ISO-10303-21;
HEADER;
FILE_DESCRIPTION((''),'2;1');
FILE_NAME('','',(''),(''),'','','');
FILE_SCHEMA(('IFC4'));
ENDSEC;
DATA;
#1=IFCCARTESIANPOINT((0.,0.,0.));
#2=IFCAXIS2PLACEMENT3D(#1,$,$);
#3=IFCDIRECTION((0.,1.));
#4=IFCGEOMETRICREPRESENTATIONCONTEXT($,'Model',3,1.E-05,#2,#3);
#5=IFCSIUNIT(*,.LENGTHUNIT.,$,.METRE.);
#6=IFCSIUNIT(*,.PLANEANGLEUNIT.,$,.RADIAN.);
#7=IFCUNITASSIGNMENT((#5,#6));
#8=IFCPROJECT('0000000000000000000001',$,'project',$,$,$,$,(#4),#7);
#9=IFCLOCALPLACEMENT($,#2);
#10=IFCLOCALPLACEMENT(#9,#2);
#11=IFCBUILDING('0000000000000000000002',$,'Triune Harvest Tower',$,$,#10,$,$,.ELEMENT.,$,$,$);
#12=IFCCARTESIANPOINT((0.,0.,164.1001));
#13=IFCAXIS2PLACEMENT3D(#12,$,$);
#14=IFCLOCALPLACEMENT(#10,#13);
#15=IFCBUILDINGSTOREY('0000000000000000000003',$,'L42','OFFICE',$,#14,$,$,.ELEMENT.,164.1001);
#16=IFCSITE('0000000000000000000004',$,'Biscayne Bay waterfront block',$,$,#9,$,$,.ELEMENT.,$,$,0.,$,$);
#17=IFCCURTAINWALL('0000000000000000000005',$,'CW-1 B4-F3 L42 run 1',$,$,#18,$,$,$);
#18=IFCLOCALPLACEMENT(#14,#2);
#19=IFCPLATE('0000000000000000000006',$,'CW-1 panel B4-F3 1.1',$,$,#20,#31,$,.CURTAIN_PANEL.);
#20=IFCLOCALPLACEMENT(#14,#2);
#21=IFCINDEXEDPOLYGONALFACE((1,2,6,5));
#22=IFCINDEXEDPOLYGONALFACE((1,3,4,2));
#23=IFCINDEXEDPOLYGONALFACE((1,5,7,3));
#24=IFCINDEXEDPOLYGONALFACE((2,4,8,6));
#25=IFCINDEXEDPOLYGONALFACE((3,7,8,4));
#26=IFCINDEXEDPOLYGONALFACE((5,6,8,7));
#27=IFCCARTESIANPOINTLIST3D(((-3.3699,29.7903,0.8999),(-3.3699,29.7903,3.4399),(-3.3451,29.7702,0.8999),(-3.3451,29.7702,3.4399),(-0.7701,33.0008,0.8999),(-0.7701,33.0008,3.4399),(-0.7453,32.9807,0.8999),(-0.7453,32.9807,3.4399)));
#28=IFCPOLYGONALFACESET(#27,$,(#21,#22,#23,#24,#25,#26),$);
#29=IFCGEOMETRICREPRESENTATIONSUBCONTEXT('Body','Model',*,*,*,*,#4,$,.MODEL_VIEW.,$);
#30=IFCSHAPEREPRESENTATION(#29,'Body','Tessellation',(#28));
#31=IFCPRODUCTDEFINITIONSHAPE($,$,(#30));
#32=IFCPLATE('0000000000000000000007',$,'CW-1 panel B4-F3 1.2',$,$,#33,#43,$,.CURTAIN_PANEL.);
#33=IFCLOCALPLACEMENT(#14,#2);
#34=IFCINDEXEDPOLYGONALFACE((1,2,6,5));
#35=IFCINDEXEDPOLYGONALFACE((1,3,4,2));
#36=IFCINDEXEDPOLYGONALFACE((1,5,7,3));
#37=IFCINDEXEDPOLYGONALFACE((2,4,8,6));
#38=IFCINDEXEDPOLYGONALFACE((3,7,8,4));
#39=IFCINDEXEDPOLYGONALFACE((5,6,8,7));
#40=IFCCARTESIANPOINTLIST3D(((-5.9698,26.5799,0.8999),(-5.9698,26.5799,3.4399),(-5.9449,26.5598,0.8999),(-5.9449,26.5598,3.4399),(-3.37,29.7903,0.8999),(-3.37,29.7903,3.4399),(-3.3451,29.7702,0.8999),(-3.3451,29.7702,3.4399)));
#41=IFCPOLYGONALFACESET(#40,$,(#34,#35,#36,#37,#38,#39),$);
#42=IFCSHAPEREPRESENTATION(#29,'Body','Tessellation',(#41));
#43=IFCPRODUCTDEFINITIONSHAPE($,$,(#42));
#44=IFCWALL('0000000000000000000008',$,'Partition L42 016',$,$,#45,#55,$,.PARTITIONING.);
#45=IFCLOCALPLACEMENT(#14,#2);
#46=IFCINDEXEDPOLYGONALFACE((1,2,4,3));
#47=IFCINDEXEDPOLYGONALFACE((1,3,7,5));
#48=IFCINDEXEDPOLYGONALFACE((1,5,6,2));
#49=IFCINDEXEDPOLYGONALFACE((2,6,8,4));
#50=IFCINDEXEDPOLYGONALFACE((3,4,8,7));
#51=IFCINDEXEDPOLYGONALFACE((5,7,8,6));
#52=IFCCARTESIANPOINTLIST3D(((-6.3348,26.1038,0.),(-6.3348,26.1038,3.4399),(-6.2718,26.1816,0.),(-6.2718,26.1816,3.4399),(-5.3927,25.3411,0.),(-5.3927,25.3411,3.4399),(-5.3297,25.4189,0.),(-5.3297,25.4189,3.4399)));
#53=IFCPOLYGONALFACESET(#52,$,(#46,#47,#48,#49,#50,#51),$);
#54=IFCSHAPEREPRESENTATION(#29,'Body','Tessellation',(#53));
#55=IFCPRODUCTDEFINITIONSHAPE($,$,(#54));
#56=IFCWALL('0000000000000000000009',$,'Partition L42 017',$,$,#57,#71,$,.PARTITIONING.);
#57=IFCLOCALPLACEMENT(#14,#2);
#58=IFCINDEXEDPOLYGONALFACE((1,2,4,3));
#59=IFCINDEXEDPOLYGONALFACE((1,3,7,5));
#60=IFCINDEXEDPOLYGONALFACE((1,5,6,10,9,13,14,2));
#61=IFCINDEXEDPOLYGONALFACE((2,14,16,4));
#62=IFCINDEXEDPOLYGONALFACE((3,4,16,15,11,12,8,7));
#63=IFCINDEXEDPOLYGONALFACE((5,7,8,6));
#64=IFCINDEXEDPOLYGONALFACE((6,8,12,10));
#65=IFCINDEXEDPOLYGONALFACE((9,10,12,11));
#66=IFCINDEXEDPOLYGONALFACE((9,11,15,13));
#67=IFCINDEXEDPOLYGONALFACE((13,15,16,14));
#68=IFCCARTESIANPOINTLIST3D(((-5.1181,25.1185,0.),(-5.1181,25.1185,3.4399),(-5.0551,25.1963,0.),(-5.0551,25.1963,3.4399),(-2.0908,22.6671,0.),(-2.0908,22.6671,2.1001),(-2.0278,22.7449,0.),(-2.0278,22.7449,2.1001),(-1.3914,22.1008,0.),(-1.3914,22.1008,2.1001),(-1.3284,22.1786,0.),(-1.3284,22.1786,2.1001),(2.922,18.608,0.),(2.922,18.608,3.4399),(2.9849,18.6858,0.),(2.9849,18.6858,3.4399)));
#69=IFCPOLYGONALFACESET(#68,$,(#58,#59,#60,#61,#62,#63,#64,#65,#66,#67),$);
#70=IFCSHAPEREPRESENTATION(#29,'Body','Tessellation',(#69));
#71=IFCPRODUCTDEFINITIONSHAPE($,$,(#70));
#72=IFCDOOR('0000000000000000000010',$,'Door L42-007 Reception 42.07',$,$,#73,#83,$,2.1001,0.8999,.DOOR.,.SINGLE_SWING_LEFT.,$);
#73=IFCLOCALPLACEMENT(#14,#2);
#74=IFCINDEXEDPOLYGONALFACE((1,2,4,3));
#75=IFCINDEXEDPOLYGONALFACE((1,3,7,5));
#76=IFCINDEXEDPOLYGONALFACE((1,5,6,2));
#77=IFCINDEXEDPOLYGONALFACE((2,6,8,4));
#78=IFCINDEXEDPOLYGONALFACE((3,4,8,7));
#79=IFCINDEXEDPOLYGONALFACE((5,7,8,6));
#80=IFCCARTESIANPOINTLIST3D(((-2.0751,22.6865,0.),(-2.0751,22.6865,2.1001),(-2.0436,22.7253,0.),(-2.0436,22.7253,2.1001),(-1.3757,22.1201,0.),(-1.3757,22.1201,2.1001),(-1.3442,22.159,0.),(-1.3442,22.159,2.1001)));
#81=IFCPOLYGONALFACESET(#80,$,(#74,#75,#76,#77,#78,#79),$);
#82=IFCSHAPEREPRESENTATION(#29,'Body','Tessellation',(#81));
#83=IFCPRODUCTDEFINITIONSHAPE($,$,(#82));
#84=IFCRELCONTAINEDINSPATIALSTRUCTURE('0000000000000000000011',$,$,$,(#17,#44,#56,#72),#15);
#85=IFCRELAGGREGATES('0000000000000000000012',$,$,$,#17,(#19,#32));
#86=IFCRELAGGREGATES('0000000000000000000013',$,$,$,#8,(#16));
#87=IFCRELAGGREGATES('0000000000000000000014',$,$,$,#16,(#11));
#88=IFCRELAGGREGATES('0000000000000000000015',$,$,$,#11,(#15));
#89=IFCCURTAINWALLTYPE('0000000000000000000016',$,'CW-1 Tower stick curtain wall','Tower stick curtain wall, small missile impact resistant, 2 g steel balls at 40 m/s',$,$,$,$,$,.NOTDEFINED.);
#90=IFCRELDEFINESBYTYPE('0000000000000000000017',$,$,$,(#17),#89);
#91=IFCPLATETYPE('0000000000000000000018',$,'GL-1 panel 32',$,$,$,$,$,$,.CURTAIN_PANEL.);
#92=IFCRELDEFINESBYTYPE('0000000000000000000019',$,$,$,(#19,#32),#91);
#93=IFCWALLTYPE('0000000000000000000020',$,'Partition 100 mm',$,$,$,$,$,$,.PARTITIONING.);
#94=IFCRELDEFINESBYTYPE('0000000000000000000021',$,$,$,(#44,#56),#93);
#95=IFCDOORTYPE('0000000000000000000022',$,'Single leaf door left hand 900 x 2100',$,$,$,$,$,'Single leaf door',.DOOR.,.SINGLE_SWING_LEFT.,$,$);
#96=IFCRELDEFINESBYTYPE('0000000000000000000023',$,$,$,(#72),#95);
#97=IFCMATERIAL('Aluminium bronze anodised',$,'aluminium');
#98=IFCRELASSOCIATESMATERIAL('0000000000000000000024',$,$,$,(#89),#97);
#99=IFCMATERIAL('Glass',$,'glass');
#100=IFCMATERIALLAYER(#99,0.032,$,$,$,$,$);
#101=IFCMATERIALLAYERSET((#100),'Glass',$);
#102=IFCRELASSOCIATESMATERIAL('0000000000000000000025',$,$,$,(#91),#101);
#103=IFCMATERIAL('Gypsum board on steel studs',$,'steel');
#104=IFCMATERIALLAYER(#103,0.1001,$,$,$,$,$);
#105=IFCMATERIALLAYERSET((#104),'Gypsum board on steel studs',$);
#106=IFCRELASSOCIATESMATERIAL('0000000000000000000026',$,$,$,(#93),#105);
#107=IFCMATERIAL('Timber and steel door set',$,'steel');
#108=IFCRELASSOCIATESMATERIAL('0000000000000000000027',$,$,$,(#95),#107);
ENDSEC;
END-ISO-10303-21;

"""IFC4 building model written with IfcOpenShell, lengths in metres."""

from ifc_helpers import new_model, si_unit, direction, frame, frame_2d, origin, origin_2d, place, context, subcontext, project, spatial, rectangle, extrude, source, transform, mapped, material, layer, layer_set, type_object, element, fill, aggregate, save


model = new_model("IFC4")

# Units and contexts
model_context = context("Model", 3, precision=1e-05, world=origin(), true_north=direction((0.0, 1.0)))
body_context = subcontext(model_context, "Body", "Model", "MODEL_VIEW")
ifc_project = project(units=[si_unit("LENGTHUNIT", "METRE"), si_unit("PLANEANGLEUNIT", "RADIAN")], contexts=[model_context])

# Site, building, storey
site_placement = place(None, origin())
site = spatial("IfcSite", under=ifc_project, at=site_placement, Name="Biscayne Bay waterfront block", CompositionType="ELEMENT", RefElevation=0.0)
building_placement = place(site_placement, origin())
building = spatial("IfcBuilding", under=site, at=building_placement, Name="Triune Harvest Tower", CompositionType="ELEMENT")
storey_placement = place(building_placement, frame((0.0, 0.0, 164.1001)))
storey = spatial("IfcBuildingStorey", under=building, at=storey_placement, Name="L42", Description="OFFICE", CompositionType="ELEMENT", Elevation=164.1001)

# Shared definitions
ifc_material_1 = material(Name="Aluminium bronze anodised", Category="aluminium")
curtain_wall_type_1 = type_object("IfcCurtainWallType", Name="CW-1 Tower stick curtain wall", Description="Tower stick curtain wall, small missile impact resistant, 2 g steel balls at 40 m/s", PredefinedType="NOTDEFINED", material=ifc_material_1)

# Curtain wall
curtain_wall_1_placement = place(storey_placement, origin())
curtain_wall_1 = element("IfcCurtainWall", 1, at=curtain_wall_1_placement, inside=storey, type_object=curtain_wall_type_1, Name="CW-1 B4-F3 L42 run 1")

# Plates
ifc_material_2 = material(Name="Glass", Category="glass")
ifc_layer_1 = layer(ifc_material_2, 0.032)
ifc_layer_set_1 = layer_set([ifc_layer_1], Name="Glass")
plate_type_1 = type_object("IfcPlateType", Name="GL-1 panel 32", PredefinedType="CURTAIN_PANEL", material=ifc_layer_set_1)
shared_shape_1 = source(origin(), body_context, "Body", "SweptSolid", [
    extrude(rectangle(XDim=4.1311, YDim=0.032, at=origin_2d()), origin(), (0.0, 0.0, 1.0), 2.54),
])
plate_1_placement = place(storey_placement, frame((-2.0576, 31.3855, 0.8999), z_axis=(0.0, 0.0, 1.0), x_axis=(-0.629324, -0.777143, 0.0)))
plate_1 = element("IfcPlate", 2, at=plate_1_placement, type_object=plate_type_1, Name="CW-1 panel B4-F3 1.1", PredefinedType="CURTAIN_PANEL", context=body_context, shape_type="MappedRepresentation", body=[
    mapped(shared_shape_1, transform((0.0, 0.0, 0.0), scale=1.0)),
])
plate_2_placement = place(storey_placement, frame((-4.6575, 28.175, 0.8999), z_axis=(0.0, 0.0, 1.0), x_axis=(-0.629324, -0.777143, 0.0)))
plate_2 = element("IfcPlate", 3, at=plate_2_placement, type_object=plate_type_1, Name="CW-1 panel B4-F3 1.2", PredefinedType="CURTAIN_PANEL", context=body_context, shape_type="MappedRepresentation", body=[
    mapped(shared_shape_1, transform((0.0, 0.0, 0.0), scale=1.0)),
])
aggregate(curtain_wall_1, [plate_1, plate_2])

# Wall
ifc_material_3 = material(Name="Gypsum board on steel studs", Category="steel")
ifc_layer_2 = layer(ifc_material_3, 0.1001)
ifc_layer_set_2 = layer_set([ifc_layer_2], Name="Gypsum board on steel studs")
wall_type = type_object("IfcWallType", Name="Partition 100 mm", PredefinedType="PARTITIONING", material=ifc_layer_set_2)
shared_shape_2 = source(origin(), body_context, "Body", "SweptSolid", [
    extrude(rectangle(XDim=1.2122, YDim=0.1001, at=frame_2d((0.606, 0.0))), origin(), (0.0, 0.0, 1.0), 3.4399),
])
wall_1_placement = place(storey_placement, frame((-6.3032, 26.1426, 0.0), z_axis=(0.0, 0.0, 1.0), x_axis=(0.77724, -0.629204, 0.0)))
element("IfcWall", 4, at=wall_1_placement, inside=storey, type_object=wall_type, Name="Partition L42 016", PredefinedType="PARTITIONING", context=body_context, shape_type="MappedRepresentation", body=[
    mapped(shared_shape_2, transform((0.0, 0.0, 0.0), scale=1.0)),
])

# Wall, opening, door
shared_shape_3 = source(origin(), body_context, "Body", "SweptSolid", [
    extrude(rectangle(XDim=10.3455, YDim=0.1001, at=frame_2d((5.1729, 0.0))), origin(), (0.0, 0.0, 1.0), 3.4399),
])
wall_2_placement = place(storey_placement, frame((-5.0867, 25.1575, 0.0), z_axis=(0.0, 0.0, 1.0), x_axis=(0.777155, -0.629309, 0.0)))
wall_2 = element("IfcWall", 5, at=wall_2_placement, inside=storey, type_object=wall_type, Name="Partition L42 017", PredefinedType="PARTITIONING", context=body_context, shape_type="MappedRepresentation", body=[
    mapped(shared_shape_3, transform((0.0, 0.0, 0.0), scale=1.0)),
])
opening_placement = place(wall_2_placement, frame((3.8955, 0.0, 0.0)))
opening = element("IfcOpeningElement", 6, at=opening_placement, cuts=wall_2, PredefinedType="OPENING", context=body_context, shape_type="SweptSolid", body=[
    extrude(rectangle(XDim=0.8999, YDim=2.1001, at=frame_2d((0.45, 1.05))), frame((0.0, 0.0601, 0.0), z_axis=(0.0, -1.0, 0.0), x_axis=(1.0, 0.0, 0.0)), (0.0, 0.0, 1.0), 0.1201),
])
ifc_material_4 = material(Name="Timber and steel door set", Category="steel")
door_type = type_object("IfcDoorType", Name="Single leaf door left hand 900 x 2100", ElementType="Single leaf door", OperationType="SINGLE_SWING_LEFT", PredefinedType="DOOR", material=ifc_material_4)
door_placement = place(opening_placement, origin())
door = element("IfcDoor", 7, at=door_placement, inside=storey, type_object=door_type, Name="Door L42-007 Reception 42.07", OperationType="SINGLE_SWING_LEFT", OverallHeight=2.1001, OverallWidth=0.8999, PredefinedType="DOOR", context=body_context, shape_type="SweptSolid", body=[
    extrude(rectangle(XDim=0.8999, YDim=2.1001, at=frame_2d((0.45, 1.05))), frame((0.0, 0.0249, 0.0), z_axis=(0.0, -1.0, 0.0), x_axis=(1.0, 0.0, 0.0)), (0.0, 0.0, 1.0), 0.05),
])
fill(opening, door)

save(model, "model.ifc")
